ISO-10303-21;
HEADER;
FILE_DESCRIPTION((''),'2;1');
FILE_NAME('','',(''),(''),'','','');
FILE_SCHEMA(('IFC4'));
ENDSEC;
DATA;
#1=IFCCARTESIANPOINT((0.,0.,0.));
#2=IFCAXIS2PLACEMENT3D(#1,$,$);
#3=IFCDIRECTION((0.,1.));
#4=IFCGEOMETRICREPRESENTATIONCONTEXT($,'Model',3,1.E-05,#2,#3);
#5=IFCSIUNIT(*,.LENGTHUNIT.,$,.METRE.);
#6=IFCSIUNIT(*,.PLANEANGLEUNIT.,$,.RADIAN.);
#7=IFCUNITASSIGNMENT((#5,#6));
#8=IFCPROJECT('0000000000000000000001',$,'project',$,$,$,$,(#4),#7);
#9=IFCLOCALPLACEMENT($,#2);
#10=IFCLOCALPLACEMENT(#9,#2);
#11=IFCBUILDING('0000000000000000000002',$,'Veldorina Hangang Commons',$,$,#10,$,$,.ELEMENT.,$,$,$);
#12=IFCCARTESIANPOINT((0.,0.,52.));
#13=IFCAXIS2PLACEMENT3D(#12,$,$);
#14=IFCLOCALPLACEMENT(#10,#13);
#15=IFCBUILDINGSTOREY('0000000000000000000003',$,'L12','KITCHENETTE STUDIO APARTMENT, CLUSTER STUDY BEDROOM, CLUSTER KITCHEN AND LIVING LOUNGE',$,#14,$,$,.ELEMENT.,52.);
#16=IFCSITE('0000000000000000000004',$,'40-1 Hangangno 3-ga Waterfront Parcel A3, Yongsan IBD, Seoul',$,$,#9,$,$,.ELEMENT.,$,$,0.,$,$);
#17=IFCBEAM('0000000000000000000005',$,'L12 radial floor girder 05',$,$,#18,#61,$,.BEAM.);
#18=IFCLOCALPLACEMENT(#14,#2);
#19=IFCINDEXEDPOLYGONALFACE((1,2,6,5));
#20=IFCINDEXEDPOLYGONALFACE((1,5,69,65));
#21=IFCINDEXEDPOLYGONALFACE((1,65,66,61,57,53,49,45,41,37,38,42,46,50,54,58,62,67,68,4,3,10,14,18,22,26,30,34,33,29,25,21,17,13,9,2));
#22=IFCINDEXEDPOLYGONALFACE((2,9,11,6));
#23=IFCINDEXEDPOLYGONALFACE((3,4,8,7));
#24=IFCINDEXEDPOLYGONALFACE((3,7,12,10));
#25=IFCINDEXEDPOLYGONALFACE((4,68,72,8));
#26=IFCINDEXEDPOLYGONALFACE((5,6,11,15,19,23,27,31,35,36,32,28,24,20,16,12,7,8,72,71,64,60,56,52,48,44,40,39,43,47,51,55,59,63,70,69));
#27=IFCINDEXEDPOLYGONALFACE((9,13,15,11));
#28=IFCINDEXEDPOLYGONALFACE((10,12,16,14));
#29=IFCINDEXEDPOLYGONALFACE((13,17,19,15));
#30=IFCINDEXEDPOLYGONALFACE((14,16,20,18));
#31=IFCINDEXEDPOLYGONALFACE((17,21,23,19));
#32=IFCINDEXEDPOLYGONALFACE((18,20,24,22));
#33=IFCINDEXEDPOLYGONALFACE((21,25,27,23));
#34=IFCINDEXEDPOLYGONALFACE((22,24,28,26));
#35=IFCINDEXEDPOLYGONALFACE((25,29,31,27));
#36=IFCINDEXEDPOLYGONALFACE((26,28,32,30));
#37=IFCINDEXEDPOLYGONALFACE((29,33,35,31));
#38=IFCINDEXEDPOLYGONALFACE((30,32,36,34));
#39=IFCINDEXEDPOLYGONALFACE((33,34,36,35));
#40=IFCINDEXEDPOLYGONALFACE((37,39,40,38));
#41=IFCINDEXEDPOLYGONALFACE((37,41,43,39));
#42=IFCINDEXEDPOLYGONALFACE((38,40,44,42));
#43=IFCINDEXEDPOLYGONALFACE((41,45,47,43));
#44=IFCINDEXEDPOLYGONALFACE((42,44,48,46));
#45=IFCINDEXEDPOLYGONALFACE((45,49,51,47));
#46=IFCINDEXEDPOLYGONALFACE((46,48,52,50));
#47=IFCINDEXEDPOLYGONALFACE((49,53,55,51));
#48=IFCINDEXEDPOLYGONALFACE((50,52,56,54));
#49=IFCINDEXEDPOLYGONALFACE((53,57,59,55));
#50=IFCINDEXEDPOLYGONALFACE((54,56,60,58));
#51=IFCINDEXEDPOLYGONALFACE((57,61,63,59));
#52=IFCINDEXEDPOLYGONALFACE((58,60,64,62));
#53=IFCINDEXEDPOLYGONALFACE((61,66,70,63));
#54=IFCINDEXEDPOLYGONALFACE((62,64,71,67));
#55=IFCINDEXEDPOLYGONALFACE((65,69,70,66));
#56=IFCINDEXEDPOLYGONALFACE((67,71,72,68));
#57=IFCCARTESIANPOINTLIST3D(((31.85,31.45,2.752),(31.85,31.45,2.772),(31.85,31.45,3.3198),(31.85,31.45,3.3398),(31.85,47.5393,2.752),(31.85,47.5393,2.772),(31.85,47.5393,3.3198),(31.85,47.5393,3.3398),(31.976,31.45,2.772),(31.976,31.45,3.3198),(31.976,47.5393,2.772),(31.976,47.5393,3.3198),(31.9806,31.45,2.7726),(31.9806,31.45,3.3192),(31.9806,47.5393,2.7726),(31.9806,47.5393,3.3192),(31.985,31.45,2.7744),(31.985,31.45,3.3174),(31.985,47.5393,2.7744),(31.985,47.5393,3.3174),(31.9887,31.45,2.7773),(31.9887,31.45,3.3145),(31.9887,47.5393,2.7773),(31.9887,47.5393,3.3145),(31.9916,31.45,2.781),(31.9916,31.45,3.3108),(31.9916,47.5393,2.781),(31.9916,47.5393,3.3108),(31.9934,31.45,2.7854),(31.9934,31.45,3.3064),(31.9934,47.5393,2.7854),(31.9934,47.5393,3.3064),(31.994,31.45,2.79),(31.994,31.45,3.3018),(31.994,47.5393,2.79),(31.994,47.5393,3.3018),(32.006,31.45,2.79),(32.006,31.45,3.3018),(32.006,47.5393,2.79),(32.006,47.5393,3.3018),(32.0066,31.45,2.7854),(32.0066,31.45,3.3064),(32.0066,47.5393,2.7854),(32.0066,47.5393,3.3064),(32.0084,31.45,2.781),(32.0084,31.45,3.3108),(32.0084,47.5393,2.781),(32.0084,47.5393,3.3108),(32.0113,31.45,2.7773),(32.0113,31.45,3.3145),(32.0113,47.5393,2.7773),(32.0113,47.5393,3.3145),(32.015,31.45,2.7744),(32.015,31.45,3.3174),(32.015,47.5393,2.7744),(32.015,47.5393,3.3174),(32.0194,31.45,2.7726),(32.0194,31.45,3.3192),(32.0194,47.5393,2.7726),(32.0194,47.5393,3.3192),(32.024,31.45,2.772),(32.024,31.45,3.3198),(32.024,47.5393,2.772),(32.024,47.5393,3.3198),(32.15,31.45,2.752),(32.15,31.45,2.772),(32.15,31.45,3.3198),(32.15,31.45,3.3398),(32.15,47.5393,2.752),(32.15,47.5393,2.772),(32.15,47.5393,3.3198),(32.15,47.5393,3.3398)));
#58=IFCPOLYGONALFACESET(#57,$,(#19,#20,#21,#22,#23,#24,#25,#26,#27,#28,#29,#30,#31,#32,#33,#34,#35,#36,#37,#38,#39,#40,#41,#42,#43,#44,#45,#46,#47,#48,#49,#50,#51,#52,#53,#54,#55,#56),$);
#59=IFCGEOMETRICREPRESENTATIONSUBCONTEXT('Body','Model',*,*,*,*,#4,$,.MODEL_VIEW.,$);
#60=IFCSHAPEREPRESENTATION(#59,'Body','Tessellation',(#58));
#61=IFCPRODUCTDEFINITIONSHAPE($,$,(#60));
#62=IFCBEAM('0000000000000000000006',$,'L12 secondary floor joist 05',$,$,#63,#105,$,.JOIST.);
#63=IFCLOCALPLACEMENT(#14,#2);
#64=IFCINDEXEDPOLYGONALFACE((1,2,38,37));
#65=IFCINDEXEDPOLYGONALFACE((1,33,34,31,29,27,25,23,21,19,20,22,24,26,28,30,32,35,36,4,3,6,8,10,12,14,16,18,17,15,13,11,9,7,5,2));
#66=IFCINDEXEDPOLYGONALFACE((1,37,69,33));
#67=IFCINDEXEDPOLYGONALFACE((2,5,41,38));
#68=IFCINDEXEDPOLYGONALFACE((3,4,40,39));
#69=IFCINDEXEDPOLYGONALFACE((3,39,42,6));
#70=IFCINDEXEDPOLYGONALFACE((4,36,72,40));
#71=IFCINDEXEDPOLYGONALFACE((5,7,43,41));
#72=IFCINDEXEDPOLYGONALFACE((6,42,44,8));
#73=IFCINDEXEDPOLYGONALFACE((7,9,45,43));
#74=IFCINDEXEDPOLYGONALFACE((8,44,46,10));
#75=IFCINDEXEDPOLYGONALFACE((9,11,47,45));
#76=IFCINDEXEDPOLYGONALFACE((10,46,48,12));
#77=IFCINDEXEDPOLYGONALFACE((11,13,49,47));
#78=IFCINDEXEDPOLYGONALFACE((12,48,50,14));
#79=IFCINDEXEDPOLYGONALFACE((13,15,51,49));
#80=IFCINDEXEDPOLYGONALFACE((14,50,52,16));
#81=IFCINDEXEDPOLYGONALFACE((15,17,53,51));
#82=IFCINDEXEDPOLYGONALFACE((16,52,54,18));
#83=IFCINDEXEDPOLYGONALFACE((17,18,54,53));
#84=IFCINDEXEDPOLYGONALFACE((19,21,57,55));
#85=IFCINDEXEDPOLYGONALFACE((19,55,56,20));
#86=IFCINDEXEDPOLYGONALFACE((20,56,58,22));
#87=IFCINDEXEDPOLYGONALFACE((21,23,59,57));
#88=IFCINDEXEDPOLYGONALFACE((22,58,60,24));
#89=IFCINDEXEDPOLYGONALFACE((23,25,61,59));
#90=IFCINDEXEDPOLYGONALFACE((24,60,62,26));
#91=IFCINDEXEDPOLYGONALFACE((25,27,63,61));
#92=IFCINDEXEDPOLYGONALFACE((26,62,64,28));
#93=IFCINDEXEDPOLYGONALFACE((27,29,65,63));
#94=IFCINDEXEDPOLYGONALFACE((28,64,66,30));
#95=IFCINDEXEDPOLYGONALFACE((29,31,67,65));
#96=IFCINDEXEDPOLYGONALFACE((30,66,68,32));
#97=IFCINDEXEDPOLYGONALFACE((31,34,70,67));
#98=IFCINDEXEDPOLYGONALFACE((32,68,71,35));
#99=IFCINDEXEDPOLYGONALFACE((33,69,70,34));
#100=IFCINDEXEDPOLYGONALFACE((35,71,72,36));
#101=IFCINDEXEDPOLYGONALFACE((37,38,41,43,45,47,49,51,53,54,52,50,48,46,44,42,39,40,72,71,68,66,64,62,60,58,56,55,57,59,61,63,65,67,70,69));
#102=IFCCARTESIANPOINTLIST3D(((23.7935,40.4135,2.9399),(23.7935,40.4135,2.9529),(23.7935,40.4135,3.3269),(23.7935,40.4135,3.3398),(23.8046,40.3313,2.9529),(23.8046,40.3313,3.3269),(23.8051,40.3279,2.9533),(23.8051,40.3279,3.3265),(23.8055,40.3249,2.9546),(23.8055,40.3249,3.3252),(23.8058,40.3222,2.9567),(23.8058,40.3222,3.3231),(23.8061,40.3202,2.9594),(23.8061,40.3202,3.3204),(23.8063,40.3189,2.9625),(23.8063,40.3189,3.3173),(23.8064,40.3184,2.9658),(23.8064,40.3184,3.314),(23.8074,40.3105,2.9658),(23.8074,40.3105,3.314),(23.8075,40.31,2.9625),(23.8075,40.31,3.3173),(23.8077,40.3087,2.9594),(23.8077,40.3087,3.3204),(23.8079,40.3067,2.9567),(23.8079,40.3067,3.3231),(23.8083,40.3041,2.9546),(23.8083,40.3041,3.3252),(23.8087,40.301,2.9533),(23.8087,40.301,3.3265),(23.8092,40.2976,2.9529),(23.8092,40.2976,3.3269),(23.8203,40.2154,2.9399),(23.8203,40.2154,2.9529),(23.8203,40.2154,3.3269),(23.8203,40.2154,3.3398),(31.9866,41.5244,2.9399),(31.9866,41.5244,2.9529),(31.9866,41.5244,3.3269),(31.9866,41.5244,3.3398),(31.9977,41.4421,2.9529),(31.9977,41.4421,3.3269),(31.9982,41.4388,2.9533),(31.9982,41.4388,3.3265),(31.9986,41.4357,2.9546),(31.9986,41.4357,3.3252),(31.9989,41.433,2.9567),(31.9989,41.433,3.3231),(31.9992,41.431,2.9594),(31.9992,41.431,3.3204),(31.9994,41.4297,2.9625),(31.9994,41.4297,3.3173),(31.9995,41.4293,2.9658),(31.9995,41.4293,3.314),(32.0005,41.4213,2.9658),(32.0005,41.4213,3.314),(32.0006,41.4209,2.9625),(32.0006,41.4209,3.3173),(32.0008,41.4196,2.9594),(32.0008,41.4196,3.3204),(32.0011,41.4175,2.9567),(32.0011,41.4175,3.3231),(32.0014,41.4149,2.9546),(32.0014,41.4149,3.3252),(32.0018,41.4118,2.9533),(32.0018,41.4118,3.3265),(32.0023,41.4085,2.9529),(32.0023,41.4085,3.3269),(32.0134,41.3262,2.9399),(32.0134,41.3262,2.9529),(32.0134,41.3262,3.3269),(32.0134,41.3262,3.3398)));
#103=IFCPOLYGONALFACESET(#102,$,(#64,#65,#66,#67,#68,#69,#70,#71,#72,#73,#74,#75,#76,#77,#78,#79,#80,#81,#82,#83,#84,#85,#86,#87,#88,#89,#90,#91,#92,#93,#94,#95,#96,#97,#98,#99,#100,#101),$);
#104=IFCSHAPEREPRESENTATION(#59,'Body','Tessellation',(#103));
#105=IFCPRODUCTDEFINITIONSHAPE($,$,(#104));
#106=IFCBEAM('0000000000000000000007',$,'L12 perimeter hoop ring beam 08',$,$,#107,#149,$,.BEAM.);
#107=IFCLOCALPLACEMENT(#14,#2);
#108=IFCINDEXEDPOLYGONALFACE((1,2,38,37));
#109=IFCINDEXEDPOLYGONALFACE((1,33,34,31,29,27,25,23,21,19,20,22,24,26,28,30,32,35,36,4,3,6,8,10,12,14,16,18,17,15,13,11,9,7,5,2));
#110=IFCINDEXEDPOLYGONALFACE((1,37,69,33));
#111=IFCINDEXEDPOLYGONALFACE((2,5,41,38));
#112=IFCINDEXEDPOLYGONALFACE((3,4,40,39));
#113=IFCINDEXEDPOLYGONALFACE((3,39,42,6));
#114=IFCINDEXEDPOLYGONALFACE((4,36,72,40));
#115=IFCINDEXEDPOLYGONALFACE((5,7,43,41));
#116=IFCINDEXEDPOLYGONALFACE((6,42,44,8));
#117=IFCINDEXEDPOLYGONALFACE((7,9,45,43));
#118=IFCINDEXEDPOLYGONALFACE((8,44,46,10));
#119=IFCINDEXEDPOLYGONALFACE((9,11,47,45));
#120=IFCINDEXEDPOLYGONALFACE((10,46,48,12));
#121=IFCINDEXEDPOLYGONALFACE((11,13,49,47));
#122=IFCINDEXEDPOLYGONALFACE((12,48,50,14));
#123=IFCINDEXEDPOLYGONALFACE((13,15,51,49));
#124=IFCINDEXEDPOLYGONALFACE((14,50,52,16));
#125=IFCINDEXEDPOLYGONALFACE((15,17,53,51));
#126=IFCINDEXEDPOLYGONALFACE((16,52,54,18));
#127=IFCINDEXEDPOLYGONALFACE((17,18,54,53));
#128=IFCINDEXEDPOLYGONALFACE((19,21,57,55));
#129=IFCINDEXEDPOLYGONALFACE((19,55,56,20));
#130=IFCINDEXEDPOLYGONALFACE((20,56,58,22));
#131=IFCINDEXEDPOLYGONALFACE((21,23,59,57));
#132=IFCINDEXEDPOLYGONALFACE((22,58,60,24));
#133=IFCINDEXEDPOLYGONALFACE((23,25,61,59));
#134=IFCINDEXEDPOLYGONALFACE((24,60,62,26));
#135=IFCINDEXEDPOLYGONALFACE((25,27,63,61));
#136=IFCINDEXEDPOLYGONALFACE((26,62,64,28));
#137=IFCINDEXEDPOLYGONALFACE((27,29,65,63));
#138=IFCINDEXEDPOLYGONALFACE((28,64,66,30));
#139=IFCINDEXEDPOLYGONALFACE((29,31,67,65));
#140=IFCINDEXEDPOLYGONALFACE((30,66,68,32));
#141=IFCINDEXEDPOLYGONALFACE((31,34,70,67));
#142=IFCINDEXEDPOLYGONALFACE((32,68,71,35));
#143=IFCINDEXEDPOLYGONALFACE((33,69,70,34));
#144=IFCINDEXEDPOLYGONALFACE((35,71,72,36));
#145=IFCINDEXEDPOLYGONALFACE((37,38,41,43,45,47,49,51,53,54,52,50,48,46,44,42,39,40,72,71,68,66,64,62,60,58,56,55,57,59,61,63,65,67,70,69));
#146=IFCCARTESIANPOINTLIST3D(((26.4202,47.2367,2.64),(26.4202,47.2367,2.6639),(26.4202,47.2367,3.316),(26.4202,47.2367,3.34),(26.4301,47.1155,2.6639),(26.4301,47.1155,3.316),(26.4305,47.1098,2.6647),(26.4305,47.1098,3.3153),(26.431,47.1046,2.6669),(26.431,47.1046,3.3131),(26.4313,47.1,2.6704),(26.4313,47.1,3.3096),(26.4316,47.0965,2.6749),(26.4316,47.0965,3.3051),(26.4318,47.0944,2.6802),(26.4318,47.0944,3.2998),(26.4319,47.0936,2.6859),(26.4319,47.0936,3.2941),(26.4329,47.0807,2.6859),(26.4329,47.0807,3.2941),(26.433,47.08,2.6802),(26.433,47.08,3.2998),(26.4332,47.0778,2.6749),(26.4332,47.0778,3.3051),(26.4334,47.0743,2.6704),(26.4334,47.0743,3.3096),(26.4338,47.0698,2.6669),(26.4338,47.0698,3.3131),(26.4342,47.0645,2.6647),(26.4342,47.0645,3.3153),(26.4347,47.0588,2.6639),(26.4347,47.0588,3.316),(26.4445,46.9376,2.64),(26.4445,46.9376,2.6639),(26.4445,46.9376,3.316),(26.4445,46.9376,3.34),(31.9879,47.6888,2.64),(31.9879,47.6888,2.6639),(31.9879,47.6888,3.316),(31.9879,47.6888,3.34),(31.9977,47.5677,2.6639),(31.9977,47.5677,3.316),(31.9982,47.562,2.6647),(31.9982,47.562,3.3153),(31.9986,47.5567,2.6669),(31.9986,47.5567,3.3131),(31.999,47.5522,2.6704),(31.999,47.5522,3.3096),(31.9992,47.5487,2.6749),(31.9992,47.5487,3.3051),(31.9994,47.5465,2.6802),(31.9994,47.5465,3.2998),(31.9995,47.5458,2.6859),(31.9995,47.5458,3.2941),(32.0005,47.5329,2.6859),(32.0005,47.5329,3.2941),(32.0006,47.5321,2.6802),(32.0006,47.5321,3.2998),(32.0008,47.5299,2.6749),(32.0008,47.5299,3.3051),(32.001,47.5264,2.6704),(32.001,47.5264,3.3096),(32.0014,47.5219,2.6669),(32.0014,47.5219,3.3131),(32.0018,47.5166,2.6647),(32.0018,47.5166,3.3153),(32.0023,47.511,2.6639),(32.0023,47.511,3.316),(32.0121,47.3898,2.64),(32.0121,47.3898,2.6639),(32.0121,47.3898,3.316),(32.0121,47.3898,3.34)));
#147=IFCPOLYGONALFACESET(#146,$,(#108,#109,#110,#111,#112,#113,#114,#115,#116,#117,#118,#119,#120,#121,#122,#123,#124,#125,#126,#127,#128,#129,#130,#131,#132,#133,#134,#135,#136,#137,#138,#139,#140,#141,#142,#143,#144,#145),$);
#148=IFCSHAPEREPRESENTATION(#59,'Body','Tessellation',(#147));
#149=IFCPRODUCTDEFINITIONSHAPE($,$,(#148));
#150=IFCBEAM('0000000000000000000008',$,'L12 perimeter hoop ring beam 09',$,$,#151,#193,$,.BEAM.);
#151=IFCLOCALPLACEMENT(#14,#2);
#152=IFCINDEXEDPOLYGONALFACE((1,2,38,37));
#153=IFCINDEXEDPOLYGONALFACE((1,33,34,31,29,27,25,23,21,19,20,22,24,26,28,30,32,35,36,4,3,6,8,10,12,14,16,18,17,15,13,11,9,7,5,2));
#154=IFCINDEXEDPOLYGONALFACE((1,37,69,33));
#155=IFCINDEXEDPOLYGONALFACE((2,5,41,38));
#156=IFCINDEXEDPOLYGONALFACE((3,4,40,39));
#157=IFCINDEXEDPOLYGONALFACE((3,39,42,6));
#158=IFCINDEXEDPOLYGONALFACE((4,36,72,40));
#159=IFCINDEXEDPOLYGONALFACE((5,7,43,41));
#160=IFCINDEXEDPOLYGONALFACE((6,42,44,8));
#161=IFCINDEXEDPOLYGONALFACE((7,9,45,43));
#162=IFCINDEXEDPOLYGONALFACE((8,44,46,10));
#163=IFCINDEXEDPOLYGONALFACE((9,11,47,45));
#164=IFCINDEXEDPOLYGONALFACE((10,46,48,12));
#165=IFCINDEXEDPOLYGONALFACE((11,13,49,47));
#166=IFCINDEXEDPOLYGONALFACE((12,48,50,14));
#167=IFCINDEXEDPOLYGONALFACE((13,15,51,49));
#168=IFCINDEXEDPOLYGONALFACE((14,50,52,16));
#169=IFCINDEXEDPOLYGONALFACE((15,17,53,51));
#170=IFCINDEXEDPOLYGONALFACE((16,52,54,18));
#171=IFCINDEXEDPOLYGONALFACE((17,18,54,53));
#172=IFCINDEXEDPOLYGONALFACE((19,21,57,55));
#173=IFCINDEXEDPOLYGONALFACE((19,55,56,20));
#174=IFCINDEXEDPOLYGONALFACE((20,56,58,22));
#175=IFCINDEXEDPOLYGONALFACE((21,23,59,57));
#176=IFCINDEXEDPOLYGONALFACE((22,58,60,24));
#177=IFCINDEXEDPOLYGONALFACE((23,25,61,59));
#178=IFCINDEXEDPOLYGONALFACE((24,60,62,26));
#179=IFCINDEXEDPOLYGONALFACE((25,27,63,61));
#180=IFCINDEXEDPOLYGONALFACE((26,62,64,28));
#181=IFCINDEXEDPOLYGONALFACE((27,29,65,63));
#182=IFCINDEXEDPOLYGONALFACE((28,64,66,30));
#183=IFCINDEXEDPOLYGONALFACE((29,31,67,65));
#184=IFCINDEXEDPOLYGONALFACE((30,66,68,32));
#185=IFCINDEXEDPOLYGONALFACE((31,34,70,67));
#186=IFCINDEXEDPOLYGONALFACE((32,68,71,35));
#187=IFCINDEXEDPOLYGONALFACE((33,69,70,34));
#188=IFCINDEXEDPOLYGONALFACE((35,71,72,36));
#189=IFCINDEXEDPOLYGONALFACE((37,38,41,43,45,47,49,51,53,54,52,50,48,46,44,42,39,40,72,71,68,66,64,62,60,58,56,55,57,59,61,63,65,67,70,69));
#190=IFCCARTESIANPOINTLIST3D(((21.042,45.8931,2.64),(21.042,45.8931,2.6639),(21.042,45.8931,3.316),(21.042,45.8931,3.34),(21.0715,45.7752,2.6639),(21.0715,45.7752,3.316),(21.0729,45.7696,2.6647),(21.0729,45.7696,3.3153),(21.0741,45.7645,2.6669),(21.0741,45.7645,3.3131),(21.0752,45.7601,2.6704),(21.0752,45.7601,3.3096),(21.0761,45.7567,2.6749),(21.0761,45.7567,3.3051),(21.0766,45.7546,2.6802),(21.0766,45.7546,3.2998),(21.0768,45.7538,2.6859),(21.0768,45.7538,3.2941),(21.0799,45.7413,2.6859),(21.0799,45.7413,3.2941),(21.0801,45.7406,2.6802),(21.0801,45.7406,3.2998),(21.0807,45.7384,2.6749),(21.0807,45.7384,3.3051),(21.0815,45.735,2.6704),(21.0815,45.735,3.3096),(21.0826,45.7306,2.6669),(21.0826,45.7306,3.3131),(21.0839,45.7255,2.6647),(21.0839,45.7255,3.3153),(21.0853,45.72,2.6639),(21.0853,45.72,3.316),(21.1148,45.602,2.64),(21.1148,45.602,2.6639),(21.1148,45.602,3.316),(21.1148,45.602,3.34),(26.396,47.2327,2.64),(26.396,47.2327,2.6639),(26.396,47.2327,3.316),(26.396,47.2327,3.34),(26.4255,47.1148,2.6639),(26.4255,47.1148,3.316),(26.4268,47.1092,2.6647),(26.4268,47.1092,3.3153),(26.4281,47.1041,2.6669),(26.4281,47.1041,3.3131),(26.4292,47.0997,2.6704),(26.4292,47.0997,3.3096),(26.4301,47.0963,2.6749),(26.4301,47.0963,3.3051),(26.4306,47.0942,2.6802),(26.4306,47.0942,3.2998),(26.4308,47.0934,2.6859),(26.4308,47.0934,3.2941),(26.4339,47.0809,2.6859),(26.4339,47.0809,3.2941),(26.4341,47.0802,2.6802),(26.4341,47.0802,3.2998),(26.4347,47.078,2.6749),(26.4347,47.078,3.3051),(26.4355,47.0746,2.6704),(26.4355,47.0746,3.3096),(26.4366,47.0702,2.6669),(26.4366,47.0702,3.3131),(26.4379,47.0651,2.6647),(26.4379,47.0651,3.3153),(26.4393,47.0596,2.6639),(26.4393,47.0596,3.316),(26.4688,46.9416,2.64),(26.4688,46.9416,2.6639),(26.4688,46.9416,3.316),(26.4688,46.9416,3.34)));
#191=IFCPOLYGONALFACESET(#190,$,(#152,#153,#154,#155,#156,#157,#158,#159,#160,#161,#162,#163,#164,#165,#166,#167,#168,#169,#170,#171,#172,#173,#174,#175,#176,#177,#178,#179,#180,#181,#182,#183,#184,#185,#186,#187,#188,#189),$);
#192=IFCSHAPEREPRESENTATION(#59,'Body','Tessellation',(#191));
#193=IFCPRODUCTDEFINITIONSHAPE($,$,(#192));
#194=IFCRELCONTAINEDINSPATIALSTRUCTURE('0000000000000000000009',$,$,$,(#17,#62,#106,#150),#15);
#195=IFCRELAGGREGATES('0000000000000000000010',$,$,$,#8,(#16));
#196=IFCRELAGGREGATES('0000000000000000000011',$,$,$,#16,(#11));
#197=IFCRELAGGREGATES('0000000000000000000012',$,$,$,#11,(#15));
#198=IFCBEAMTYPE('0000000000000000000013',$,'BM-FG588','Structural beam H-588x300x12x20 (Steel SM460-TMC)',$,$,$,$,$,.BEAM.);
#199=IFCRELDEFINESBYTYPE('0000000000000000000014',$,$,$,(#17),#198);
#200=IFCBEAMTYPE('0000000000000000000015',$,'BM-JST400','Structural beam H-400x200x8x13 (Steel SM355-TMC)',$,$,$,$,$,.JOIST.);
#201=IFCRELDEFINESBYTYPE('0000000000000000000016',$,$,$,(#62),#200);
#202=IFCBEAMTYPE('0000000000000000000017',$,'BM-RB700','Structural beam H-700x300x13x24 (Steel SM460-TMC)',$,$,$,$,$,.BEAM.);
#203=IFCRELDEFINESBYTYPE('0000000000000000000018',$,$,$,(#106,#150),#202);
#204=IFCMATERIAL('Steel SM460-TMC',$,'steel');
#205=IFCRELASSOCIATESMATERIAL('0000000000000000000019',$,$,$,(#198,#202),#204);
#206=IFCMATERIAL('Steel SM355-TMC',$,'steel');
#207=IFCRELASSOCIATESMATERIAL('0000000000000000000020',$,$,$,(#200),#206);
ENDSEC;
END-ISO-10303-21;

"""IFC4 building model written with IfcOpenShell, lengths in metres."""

from ifc_helpers import new_model, si_unit, direction, frame, origin, origin_2d, place, context, subcontext, project, spatial, i_section, extrude, material, material_profile, profile_set, type_object, element, save


model = new_model("IFC4")

# Units and contexts
model_context = context("Model", 3, precision=1e-05, world=origin(), true_north=direction((0.0, 1.0)))
body_context = subcontext(model_context, "Body", "Model", "MODEL_VIEW")
ifc_project = project(units=[si_unit("LENGTHUNIT", "METRE"), si_unit("PLANEANGLEUNIT", "RADIAN")], contexts=[model_context])

# Site, building, storey
site_placement = place(None, origin())
site = spatial("IfcSite", under=ifc_project, at=site_placement, Name="40-1 Hangangno 3-ga Waterfront Parcel A3, Yongsan IBD, Seoul", CompositionType="ELEMENT", RefElevation=0.0)
building_placement = place(site_placement, origin())
building = spatial("IfcBuilding", under=site, at=building_placement, Name="Veldorina Hangang Commons", CompositionType="ELEMENT")
storey_placement = place(building_placement, frame((0.0, 0.0, 52.0)))
storey = spatial("IfcBuildingStorey", under=building, at=storey_placement, Name="L12", Description="KITCHENETTE STUDIO APARTMENT, CLUSTER STUDY BEDROOM, CLUSTER KITCHEN AND LIVING LOUNGE", CompositionType="ELEMENT", Elevation=52.0)

# Beams
ifc_material_1 = material(Name="Steel SM460-TMC", Category="steel")
ifc_material_profile_1 = material_profile(ifc_material_1, i_section(OverallWidth=0.3, OverallDepth=0.5879, WebThickness=0.012, FlangeThickness=0.02, FilletRadius=0.0181, at=origin_2d()), Name="H-588x300x12x20")
ifc_profile_set_1 = profile_set([ifc_material_profile_1], Name="Steel SM460-TMC")
beam_type_1 = type_object("IfcBeamType", Name="BM-FG588", Description="Structural beam H-588x300x12x20 (Steel SM460-TMC)", PredefinedType="BEAM", material=ifc_profile_set_1)
beam_1_placement = place(storey_placement, frame((32.0, 31.45, 3.0459), z_axis=(0.0, 1.0, 0.0), x_axis=(-1.0, 0.0, 0.0)))
element("IfcBeam", 1, at=beam_1_placement, inside=storey, type_object=beam_type_1, Name="L12 radial floor girder 05", PredefinedType="BEAM", context=body_context, shape_type="SweptSolid", body=[
    extrude(i_section(OverallWidth=0.3, OverallDepth=0.5879, WebThickness=0.012, FlangeThickness=0.02, FilletRadius=0.0181, at=origin_2d()), origin(), (0.0, 0.0, 1.0), 16.0894),
])
ifc_material_2 = material(Name="Steel SM355-TMC", Category="steel")
ifc_material_profile_2 = material_profile(ifc_material_2, i_section(OverallWidth=0.2, OverallDepth=0.3999, WebThickness=0.0081, FlangeThickness=0.0129, FilletRadius=0.0129, at=origin_2d()), Name="H-400x200x8x13")
ifc_profile_set_2 = profile_set([ifc_material_profile_2], Name="Steel SM355-TMC")
beam_type_2 = type_object("IfcBeamType", Name="BM-JST400", Description="Structural beam H-400x200x8x13 (Steel SM355-TMC)", PredefinedType="JOIST", material=ifc_profile_set_2)
beam_2_placement = place(storey_placement, frame((32.0, 41.4253, 3.1399), z_axis=(-0.990934, -0.134353, 0.0), x_axis=(0.134353, -0.990934, 0.0)))
element("IfcBeam", 2, at=beam_2_placement, inside=storey, type_object=beam_type_2, Name="L12 secondary floor joist 05", PredefinedType="JOIST", context=body_context, shape_type="SweptSolid", body=[
    extrude(i_section(OverallWidth=0.2, OverallDepth=0.3999, WebThickness=0.0081, FlangeThickness=0.0129, FilletRadius=0.0129, at=origin_2d()), origin(), (0.0, 0.0, 1.0), 8.2681),
])
ifc_material_profile_3 = material_profile(ifc_material_1, i_section(OverallWidth=0.3, OverallDepth=0.7, WebThickness=0.0129, FlangeThickness=0.0239, FilletRadius=0.022, at=origin_2d()), Name="H-700x300x13x24")
ifc_profile_set_3 = profile_set([ifc_material_profile_3], Name="Steel SM460-TMC")
beam_type_3 = type_object("IfcBeamType", Name="BM-RB700", Description="Structural beam H-700x300x13x24 (Steel SM460-TMC)", PredefinedType="BEAM", material=ifc_profile_set_3)
beam_3_placement = place(storey_placement, frame((32.0, 47.5393, 2.99), z_axis=(-0.996719, -0.080944, 0.0), x_axis=(0.080944, -0.996719, 0.0)))
element("IfcBeam", 3, at=beam_3_placement, inside=storey, type_object=beam_type_3, Name="L12 perimeter hoop ring beam 08", PredefinedType="BEAM", context=body_context, shape_type="SweptSolid", body=[
    extrude(i_section(OverallWidth=0.3, OverallDepth=0.7, WebThickness=0.0129, FlangeThickness=0.0239, FilletRadius=0.022, at=origin_2d()), origin(), (0.0, 0.0, 1.0), 5.5859),
])
beam_4_placement = place(storey_placement, frame((26.4324, 47.0872, 2.99), z_axis=(-0.970096, -0.242723, 0.0), x_axis=(0.242723, -0.970096, 0.0)))
element("IfcBeam", 4, at=beam_4_placement, inside=storey, type_object=beam_type_3, Name="L12 perimeter hoop ring beam 09", PredefinedType="BEAM", context=body_context, shape_type="SweptSolid", body=[
    extrude(i_section(OverallWidth=0.3, OverallDepth=0.7, WebThickness=0.0129, FlangeThickness=0.0239, FilletRadius=0.022, at=origin_2d()), origin(), (0.0, 0.0, 1.0), 5.519),
])

save(model, "model.ifc")
